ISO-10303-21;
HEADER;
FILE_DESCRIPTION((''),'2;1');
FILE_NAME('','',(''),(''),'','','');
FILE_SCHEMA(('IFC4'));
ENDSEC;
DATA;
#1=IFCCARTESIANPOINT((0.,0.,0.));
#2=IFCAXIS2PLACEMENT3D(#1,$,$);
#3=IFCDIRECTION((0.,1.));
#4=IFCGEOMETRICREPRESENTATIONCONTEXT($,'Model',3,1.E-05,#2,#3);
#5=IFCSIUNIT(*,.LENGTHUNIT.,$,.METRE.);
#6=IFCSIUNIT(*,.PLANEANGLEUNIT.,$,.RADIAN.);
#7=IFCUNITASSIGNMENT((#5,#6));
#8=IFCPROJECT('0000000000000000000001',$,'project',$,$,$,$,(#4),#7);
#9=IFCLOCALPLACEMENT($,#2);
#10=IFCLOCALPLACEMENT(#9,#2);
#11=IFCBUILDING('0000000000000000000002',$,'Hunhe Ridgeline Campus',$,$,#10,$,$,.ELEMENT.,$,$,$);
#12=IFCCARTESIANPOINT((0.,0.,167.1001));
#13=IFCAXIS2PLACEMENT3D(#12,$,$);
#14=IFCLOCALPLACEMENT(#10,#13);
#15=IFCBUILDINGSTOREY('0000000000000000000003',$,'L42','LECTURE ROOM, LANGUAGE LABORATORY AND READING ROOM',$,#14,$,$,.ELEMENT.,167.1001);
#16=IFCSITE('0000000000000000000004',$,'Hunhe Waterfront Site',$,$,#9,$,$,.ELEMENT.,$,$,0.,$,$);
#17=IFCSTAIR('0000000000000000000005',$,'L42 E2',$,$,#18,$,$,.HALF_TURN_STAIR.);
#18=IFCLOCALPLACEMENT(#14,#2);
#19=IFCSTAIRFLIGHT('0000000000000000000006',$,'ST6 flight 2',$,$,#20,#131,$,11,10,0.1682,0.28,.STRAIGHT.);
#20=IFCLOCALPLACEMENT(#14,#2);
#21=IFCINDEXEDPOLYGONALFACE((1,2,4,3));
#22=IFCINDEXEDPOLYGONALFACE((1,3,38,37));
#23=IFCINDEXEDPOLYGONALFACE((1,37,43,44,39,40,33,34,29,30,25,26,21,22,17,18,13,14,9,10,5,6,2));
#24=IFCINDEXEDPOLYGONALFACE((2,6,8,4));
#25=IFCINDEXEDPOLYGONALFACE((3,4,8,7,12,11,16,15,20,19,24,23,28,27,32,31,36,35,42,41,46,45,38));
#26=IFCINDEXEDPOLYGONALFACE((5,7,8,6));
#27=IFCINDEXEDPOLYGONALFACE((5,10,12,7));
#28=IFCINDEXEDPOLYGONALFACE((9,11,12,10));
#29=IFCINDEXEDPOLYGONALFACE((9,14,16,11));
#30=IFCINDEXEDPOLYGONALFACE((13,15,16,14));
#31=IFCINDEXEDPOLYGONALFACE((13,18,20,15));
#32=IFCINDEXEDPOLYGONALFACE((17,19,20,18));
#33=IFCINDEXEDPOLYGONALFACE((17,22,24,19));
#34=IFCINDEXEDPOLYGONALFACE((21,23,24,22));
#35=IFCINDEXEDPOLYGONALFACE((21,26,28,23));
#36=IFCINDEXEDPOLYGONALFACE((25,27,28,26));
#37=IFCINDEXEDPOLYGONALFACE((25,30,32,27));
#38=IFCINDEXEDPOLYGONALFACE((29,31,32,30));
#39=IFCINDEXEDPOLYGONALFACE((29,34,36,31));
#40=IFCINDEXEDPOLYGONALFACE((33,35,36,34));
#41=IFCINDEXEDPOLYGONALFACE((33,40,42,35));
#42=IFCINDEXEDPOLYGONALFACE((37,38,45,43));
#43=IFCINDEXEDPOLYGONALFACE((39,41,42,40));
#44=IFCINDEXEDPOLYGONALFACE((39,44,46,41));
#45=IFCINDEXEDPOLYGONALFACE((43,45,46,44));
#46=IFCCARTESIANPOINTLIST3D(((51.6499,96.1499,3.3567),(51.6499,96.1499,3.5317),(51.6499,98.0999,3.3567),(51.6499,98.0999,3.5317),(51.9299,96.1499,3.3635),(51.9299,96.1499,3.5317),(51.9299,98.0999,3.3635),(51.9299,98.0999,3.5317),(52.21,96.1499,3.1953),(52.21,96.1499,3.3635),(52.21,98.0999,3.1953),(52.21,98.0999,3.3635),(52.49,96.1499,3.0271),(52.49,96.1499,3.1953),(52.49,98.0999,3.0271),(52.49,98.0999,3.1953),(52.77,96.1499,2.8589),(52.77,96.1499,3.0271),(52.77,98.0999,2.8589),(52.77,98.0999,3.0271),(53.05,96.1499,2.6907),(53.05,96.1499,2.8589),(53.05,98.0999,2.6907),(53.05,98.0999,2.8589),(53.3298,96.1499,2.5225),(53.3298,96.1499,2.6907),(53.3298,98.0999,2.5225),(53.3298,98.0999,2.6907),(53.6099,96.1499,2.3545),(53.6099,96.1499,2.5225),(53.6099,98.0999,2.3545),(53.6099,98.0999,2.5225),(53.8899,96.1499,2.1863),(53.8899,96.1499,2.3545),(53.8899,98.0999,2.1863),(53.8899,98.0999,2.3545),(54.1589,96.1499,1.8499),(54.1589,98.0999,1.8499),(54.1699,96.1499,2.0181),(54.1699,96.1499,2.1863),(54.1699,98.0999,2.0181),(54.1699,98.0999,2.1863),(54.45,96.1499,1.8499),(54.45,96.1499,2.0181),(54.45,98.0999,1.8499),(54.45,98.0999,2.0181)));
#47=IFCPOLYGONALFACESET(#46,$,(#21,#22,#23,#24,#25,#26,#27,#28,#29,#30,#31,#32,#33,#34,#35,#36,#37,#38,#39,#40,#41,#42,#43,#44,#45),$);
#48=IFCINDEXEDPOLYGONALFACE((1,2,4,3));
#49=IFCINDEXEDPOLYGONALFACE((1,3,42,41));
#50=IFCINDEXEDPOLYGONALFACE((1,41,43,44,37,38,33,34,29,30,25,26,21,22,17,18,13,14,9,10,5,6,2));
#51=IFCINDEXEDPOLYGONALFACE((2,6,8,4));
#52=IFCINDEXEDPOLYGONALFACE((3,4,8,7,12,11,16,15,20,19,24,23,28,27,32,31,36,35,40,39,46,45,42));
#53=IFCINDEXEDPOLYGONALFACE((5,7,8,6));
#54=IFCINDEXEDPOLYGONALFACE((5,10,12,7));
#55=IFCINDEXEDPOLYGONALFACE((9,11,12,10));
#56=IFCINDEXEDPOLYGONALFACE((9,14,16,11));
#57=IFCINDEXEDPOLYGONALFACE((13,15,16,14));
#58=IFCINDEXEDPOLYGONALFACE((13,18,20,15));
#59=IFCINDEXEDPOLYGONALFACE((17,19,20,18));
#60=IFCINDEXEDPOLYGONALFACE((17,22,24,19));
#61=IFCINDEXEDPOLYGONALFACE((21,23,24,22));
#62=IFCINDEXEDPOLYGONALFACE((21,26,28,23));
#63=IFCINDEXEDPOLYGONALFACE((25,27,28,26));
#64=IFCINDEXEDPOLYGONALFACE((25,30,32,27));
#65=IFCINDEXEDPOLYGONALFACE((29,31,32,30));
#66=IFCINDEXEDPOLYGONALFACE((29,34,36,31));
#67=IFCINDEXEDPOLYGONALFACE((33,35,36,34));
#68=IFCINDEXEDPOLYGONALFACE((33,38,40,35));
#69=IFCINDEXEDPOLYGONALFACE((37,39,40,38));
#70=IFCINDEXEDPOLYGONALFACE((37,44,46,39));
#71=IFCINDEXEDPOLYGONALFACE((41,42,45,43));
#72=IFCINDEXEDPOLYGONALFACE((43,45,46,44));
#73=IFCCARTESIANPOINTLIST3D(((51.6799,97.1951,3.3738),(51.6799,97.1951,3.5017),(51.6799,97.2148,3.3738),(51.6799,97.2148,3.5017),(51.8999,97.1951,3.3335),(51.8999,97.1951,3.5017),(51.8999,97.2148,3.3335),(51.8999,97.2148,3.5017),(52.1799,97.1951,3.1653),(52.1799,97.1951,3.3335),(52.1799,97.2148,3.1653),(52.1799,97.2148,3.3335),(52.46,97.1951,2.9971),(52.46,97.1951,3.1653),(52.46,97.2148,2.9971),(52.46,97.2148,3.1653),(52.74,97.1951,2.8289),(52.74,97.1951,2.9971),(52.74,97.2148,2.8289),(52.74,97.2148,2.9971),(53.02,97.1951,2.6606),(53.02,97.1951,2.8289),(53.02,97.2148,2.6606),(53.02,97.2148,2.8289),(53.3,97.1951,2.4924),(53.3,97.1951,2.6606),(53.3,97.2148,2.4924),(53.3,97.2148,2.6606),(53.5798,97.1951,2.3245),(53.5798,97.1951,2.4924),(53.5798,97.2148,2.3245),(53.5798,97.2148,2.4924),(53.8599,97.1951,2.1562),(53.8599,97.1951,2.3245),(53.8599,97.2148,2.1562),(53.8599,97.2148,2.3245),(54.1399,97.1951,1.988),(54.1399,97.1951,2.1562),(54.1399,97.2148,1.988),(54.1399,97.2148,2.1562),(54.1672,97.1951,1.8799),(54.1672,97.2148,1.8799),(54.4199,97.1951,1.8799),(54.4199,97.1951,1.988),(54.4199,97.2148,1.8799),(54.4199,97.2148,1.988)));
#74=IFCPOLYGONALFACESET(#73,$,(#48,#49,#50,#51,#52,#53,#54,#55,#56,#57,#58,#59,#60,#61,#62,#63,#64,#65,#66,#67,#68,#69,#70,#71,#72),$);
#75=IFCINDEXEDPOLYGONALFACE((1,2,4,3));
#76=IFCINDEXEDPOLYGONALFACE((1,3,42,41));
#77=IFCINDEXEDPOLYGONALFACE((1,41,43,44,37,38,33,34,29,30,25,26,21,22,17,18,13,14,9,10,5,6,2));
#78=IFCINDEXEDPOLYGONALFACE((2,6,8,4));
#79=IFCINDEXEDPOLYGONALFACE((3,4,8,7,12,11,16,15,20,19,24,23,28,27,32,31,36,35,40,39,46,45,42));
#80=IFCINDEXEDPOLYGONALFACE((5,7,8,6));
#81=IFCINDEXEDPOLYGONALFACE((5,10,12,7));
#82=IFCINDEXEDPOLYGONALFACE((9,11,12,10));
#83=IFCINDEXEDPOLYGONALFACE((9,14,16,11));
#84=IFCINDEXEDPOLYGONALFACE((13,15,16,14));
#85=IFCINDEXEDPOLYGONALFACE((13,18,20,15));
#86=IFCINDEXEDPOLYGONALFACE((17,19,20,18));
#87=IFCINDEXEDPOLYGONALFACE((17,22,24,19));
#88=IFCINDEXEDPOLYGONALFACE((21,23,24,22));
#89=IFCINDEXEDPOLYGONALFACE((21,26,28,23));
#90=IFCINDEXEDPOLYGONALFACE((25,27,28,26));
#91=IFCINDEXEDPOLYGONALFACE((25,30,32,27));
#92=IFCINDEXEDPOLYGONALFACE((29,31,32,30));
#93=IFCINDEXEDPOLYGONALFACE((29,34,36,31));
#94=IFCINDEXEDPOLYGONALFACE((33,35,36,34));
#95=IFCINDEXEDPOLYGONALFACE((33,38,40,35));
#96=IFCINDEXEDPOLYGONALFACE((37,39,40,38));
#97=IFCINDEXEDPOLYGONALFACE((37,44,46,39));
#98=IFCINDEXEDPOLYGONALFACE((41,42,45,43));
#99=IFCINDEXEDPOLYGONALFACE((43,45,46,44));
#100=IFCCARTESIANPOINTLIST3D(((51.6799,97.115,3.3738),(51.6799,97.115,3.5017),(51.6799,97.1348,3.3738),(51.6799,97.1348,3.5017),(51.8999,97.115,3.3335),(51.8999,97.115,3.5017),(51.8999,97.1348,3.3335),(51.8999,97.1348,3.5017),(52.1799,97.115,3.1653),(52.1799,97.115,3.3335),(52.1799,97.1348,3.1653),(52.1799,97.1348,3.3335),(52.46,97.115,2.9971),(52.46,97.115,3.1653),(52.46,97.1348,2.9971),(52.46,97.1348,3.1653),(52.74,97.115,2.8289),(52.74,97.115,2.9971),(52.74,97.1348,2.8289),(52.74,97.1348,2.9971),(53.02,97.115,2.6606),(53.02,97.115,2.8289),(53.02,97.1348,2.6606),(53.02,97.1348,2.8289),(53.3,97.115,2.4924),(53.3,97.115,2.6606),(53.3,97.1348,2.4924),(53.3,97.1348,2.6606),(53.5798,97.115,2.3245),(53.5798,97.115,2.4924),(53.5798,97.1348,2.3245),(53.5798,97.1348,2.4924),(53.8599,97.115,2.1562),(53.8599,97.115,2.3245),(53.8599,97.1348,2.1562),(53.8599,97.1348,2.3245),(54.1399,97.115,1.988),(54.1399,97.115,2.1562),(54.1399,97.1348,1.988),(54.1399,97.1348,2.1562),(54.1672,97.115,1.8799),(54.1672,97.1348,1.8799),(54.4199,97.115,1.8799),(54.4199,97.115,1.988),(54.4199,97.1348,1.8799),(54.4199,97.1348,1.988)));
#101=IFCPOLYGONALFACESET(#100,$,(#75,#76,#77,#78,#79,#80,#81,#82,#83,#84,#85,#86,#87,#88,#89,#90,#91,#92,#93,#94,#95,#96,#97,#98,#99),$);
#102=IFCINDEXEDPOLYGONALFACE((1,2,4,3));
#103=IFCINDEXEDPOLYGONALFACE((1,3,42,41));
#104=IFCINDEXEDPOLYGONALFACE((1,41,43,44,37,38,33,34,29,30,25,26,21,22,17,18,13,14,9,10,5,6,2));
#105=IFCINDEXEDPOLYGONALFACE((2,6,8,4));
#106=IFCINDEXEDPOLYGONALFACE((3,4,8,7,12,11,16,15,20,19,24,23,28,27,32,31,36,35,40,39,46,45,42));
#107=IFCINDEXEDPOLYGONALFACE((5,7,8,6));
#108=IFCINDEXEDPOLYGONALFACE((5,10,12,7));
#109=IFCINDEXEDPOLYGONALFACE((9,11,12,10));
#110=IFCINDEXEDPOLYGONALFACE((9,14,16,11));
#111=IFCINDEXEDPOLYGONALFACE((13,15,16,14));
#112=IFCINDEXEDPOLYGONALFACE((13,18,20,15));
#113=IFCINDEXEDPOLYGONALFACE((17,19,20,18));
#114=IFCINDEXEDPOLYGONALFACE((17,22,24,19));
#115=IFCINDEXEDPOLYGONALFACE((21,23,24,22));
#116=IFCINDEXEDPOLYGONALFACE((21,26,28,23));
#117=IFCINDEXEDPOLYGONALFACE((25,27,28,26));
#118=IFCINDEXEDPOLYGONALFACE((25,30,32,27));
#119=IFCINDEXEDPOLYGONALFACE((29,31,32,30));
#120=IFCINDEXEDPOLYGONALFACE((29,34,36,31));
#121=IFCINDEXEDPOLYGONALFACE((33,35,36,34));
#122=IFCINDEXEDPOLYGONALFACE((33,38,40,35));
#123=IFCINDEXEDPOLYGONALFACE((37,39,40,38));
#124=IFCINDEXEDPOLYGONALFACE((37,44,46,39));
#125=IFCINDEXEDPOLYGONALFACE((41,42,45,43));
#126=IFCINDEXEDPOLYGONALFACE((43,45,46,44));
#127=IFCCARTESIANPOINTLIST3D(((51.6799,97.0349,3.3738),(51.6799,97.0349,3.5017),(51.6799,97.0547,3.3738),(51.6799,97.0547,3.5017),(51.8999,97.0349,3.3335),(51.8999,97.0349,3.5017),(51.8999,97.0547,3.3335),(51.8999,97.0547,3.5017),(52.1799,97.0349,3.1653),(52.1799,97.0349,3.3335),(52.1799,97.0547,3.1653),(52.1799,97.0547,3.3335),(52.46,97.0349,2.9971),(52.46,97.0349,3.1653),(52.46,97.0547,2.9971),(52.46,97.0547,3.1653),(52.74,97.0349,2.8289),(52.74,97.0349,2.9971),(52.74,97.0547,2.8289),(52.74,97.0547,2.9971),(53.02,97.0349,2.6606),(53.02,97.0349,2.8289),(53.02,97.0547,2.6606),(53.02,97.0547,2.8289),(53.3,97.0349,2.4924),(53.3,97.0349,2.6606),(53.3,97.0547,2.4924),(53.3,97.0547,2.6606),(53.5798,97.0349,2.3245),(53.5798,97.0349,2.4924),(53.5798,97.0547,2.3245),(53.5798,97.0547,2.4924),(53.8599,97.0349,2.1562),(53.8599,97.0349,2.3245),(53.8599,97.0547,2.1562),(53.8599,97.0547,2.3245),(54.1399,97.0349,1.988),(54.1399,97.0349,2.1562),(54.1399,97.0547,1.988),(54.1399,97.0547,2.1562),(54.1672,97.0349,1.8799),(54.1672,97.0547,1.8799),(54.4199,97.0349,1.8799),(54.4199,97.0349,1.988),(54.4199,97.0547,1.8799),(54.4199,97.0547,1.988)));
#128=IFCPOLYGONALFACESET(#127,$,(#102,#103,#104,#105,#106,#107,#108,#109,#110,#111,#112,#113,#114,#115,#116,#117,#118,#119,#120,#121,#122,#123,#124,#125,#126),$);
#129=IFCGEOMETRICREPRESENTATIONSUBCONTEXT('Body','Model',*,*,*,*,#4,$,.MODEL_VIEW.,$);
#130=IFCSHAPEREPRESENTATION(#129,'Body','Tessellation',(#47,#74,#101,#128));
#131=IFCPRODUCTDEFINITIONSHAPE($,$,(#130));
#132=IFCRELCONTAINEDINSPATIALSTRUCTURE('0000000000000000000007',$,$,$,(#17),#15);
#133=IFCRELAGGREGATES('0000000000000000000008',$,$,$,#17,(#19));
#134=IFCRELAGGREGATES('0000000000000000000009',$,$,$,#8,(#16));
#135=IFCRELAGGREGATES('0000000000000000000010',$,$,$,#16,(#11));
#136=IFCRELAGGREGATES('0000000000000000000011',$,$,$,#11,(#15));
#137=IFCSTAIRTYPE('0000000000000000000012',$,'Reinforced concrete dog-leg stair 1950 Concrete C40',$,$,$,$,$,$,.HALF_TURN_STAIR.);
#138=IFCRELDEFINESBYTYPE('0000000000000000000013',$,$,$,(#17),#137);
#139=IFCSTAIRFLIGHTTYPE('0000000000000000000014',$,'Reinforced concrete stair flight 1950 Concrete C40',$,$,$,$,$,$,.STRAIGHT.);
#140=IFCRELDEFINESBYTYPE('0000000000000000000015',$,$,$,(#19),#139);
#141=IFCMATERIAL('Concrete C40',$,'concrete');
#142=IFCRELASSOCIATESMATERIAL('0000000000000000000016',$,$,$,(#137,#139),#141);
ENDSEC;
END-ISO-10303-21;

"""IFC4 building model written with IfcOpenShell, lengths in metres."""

from ifc_helpers import new_model, si_unit, direction, frame, origin, place, context, subcontext, project, spatial, polyline, outline, extrude, material, type_object, element, aggregate, save


model = new_model("IFC4")

# Units and contexts
model_context = context("Model", 3, precision=1e-05, world=origin(), true_north=direction((0.0, 1.0)))
body_context = subcontext(model_context, "Body", "Model", "MODEL_VIEW")
ifc_project = project(units=[si_unit("LENGTHUNIT", "METRE"), si_unit("PLANEANGLEUNIT", "RADIAN")], contexts=[model_context])

# Site, building, storey
site_placement = place(None, origin())
site = spatial("IfcSite", under=ifc_project, at=site_placement, Name="Hunhe Waterfront Site", CompositionType="ELEMENT", RefElevation=0.0)
building_placement = place(site_placement, origin())
building = spatial("IfcBuilding", under=site, at=building_placement, Name="Hunhe Ridgeline Campus", CompositionType="ELEMENT")
storey_placement = place(building_placement, frame((0.0, 0.0, 167.1001)))
storey = spatial("IfcBuildingStorey", under=building, at=storey_placement, Name="L42", Description="LECTURE ROOM, LANGUAGE LABORATORY AND READING ROOM", CompositionType="ELEMENT", Elevation=167.1001)

# Shared definitions
ifc_material_1 = material(Name="Concrete C40", Category="concrete")
stair_type = type_object("IfcStairType", Name="Reinforced concrete dog-leg stair 1950 Concrete C40", PredefinedType="HALF_TURN_STAIR", material=ifc_material_1)
stair_flight_type = type_object("IfcStairFlightType", Name="Reinforced concrete stair flight 1950 Concrete C40", PredefinedType="STRAIGHT", material=ifc_material_1)

# Stair, stair flight
stair_1_placement = place(storey_placement, origin())
stair_1 = element("IfcStair", 1, at=stair_1_placement, inside=storey, type_object=stair_type, Name="L42 E2", PredefinedType="HALF_TURN_STAIR")
stair_flight_1_placement = place(storey_placement, frame((54.45, 97.125, 1.8499), z_axis=(0.0, 0.0, 1.0), x_axis=(-1.0, 0.0, 0.0)))
stair_flight_1 = element("IfcStairFlight", 2, at=stair_flight_1_placement, type_object=stair_flight_type, Name="ST6 flight 2", NumberOfRisers=11, NumberOfTreads=10, PredefinedType="STRAIGHT", RiserHeight=0.1682, TreadLength=0.28, context=body_context, shape_type="SweptSolid", body=[
    extrude(outline(polyline([(0.0, 0.0), (0.0, 0.1682), (0.28, 0.1682), (0.28, 0.3364), (0.5601, 0.3364), (0.5601, 0.5046), (0.8401, 0.5046), (0.8401, 0.6726), (1.1201, 0.6726), (1.1201, 0.8408), (1.3999, 0.8408), (1.3999, 1.009), (1.6799, 1.009), (1.6799, 1.1772), (1.96, 1.1772), (1.96, 1.3455), (2.24, 1.3455), (2.24, 1.5137), (2.52, 1.5137), (2.52, 1.6819), (2.8, 1.6819), (2.8, 1.8501), (2.8, 1.5068), (0.291, 0.0), (0.0, 0.0)])), frame((0.0, 0.9751, 0.0), z_axis=(0.0, -1.0, 0.0), x_axis=(1.0, 0.0, 0.0)), (0.0, 0.0, 1.0), 1.95),
    extrude(outline(polyline([(0.03, 0.03), (0.03, 0.1382), (0.3101, 0.1382), (0.3101, 0.3064), (0.5901, 0.3064), (0.5901, 0.4746), (0.8701, 0.4746), (0.8701, 0.6426), (1.1499, 0.6426), (1.1499, 0.8108), (1.4299, 0.8108), (1.4299, 0.979), (1.71, 0.979), (1.71, 1.1472), (1.99, 1.1472), (1.99, 1.3154), (2.27, 1.3154), (2.27, 1.4836), (2.55, 1.4836), (2.55, 1.6519), (2.77, 1.6519), (2.77, 1.5239), (0.2827, 0.03), (0.03, 0.03)])), frame((0.0, -0.0701, 0.0), z_axis=(0.0, -1.0, 0.0), x_axis=(1.0, 0.0, 0.0)), (0.0, 0.0, 1.0), 0.0198),
    extrude(outline(polyline([(0.03, 0.03), (0.03, 0.1382), (0.3101, 0.1382), (0.3101, 0.3064), (0.5901, 0.3064), (0.5901, 0.4746), (0.8701, 0.4746), (0.8701, 0.6426), (1.1499, 0.6426), (1.1499, 0.8108), (1.4299, 0.8108), (1.4299, 0.979), (1.71, 0.979), (1.71, 1.1472), (1.99, 1.1472), (1.99, 1.3154), (2.27, 1.3154), (2.27, 1.4836), (2.55, 1.4836), (2.55, 1.6519), (2.77, 1.6519), (2.77, 1.5239), (0.2827, 0.03), (0.03, 0.03)])), frame((0.0, 0.01, 0.0), z_axis=(0.0, -1.0, 0.0), x_axis=(1.0, 0.0, 0.0)), (0.0, 0.0, 1.0), 0.0198),
    extrude(outline(polyline([(0.03, 0.03), (0.03, 0.1382), (0.3101, 0.1382), (0.3101, 0.3064), (0.5901, 0.3064), (0.5901, 0.4746), (0.8701, 0.4746), (0.8701, 0.6426), (1.1499, 0.6426), (1.1499, 0.8108), (1.4299, 0.8108), (1.4299, 0.979), (1.71, 0.979), (1.71, 1.1472), (1.99, 1.1472), (1.99, 1.3154), (2.27, 1.3154), (2.27, 1.4836), (2.55, 1.4836), (2.55, 1.6519), (2.77, 1.6519), (2.77, 1.5239), (0.2827, 0.03), (0.03, 0.03)])), frame((0.0, 0.0901, 0.0), z_axis=(0.0, -1.0, 0.0), x_axis=(1.0, 0.0, 0.0)), (0.0, 0.0, 1.0), 0.0198),
])
aggregate(stair_1, [stair_flight_1])

save(model, "model.ifc")
